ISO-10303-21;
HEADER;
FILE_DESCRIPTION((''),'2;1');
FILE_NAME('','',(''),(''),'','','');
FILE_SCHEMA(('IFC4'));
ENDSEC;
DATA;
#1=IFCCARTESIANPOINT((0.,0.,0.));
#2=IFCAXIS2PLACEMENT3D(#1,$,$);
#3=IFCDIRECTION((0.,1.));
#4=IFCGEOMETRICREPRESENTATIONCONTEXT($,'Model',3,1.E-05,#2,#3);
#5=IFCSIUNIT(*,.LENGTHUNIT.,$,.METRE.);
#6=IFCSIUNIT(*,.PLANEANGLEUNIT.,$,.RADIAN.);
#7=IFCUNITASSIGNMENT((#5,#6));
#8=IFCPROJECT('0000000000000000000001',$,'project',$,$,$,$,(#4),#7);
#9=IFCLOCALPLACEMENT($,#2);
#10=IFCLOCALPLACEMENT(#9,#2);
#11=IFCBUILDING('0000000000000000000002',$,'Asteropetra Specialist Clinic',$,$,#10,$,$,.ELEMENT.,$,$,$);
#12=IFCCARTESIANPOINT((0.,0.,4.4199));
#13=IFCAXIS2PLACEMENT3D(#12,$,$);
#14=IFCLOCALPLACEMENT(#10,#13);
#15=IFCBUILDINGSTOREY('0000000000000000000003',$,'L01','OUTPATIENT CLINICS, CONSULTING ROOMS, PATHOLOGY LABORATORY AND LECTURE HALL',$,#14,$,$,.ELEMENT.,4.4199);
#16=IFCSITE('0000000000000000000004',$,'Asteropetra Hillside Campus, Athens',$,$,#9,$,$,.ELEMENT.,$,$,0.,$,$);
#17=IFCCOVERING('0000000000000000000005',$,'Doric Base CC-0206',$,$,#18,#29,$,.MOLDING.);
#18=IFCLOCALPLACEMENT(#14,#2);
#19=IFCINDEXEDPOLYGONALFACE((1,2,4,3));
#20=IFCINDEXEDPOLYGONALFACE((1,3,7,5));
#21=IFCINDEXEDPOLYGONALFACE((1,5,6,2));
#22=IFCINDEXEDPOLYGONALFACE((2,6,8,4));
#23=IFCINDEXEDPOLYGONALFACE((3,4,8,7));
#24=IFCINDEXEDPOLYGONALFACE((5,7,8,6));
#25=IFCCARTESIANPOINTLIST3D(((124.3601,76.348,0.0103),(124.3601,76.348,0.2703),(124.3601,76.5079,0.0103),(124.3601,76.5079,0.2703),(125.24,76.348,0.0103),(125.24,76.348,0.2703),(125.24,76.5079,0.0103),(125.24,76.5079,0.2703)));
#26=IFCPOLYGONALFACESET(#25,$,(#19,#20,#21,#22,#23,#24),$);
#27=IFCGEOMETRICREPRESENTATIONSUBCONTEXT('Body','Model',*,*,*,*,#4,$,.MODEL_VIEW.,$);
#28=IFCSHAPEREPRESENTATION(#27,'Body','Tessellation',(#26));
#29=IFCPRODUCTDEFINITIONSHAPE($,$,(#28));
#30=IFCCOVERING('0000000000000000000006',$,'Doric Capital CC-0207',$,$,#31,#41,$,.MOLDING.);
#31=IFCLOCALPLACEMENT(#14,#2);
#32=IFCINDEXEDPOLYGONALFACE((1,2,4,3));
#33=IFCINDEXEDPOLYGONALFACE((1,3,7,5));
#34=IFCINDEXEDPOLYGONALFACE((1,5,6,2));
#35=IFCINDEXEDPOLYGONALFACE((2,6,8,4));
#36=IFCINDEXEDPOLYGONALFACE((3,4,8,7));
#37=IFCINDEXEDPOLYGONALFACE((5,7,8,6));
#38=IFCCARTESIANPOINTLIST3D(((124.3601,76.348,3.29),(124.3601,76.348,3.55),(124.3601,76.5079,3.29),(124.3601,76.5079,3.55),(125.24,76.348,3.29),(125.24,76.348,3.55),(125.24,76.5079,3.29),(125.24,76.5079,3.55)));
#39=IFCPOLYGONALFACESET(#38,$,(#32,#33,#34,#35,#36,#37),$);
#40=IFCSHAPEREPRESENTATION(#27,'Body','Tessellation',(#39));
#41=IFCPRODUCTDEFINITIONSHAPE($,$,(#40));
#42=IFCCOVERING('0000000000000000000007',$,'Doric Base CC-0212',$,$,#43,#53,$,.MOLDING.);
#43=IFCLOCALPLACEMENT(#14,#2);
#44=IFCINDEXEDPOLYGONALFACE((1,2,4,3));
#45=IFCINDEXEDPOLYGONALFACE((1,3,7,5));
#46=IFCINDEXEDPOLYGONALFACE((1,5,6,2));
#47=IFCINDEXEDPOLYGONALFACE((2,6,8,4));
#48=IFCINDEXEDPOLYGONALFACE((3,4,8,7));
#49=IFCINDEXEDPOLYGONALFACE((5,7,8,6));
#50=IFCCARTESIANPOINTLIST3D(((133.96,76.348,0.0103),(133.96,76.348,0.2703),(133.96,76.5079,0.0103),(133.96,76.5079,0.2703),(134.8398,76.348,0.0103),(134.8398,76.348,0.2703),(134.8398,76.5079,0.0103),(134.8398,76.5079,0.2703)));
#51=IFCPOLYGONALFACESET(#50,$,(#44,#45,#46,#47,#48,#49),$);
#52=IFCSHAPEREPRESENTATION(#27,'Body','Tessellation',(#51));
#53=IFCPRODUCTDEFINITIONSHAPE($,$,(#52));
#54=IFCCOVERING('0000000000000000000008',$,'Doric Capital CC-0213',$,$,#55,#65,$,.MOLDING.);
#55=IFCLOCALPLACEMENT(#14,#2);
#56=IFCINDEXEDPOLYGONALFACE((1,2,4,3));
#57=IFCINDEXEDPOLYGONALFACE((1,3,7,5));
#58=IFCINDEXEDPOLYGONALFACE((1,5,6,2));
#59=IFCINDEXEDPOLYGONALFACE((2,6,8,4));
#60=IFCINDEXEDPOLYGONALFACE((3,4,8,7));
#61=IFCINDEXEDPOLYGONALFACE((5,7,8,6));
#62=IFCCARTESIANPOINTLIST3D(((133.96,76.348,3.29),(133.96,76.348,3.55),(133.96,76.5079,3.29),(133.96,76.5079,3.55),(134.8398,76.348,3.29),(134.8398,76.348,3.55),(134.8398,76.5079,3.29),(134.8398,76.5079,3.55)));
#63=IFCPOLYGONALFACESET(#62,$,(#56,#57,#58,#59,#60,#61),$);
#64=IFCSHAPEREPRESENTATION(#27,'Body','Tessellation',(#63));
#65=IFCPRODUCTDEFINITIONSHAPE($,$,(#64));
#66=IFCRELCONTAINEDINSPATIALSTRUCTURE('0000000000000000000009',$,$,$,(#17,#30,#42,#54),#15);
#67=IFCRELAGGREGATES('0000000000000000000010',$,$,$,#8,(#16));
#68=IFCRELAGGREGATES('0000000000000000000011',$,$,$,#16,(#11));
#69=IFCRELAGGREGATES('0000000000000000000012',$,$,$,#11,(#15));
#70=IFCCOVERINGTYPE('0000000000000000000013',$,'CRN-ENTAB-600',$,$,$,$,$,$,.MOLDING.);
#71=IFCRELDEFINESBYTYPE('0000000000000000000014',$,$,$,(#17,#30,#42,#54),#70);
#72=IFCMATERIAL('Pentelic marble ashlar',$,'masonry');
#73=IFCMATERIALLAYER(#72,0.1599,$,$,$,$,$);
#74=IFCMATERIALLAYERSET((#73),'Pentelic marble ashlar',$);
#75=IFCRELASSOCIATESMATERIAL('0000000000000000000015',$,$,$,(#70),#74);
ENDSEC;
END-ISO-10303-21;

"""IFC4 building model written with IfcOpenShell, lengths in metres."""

from ifc_helpers import new_model, si_unit, direction, frame, origin, origin_2d, place, context, subcontext, project, spatial, rectangle, extrude, material, layer, layer_set, type_object, element, save


model = new_model("IFC4")

# Units and contexts
model_context = context("Model", 3, precision=1e-05, world=origin(), true_north=direction((0.0, 1.0)))
body_context = subcontext(model_context, "Body", "Model", "MODEL_VIEW")
ifc_project = project(units=[si_unit("LENGTHUNIT", "METRE"), si_unit("PLANEANGLEUNIT", "RADIAN")], contexts=[model_context])

# Site, building, storey
site_placement = place(None, origin())
site = spatial("IfcSite", under=ifc_project, at=site_placement, Name="Asteropetra Hillside Campus, Athens", CompositionType="ELEMENT", RefElevation=0.0)
building_placement = place(site_placement, origin())
building = spatial("IfcBuilding", under=site, at=building_placement, Name="Asteropetra Specialist Clinic", CompositionType="ELEMENT")
storey_placement = place(building_placement, frame((0.0, 0.0, 4.4199)))
storey = spatial("IfcBuildingStorey", under=building, at=storey_placement, Name="L01", Description="OUTPATIENT CLINICS, CONSULTING ROOMS, PATHOLOGY LABORATORY AND LECTURE HALL", CompositionType="ELEMENT", Elevation=4.4199)

# Coverings
ifc_material_1 = material(Name="Pentelic marble ashlar", Category="masonry")
ifc_layer_1 = layer(ifc_material_1, 0.1599)
ifc_layer_set_1 = layer_set([ifc_layer_1], Name="Pentelic marble ashlar")
covering_type = type_object("IfcCoveringType", Name="CRN-ENTAB-600", PredefinedType="MOLDING", material=ifc_layer_set_1)
for number, where, z_axis, x_axis, name in (
    (1, (124.8, 76.428, 0.0103), (0.0, 0.0, 1.0), (1.0, 0.0, 0.0), "Doric Base CC-0206"),
    (2, (124.8, 76.428, 3.29), (0.0, 0.0, 1.0), (1.0, 0.0, 0.0), "Doric Capital CC-0207"),
    (3, (134.3999, 76.428, 0.0103), (0.0, 0.0, 1.0), (1.0, 0.0, 0.0), "Doric Base CC-0212"),
    (4, (134.3999, 76.428, 3.29), (0.0, 0.0, 1.0), (1.0, 0.0, 0.0), "Doric Capital CC-0213"),
):
    element("IfcCovering", number, at=place(storey_placement, frame(where, z_axis=z_axis, x_axis=x_axis)), inside=storey, type_object=covering_type, Name=name, PredefinedType="MOLDING", context=body_context, shape_type="SweptSolid", body=[
        extrude(rectangle(XDim=0.8799, YDim=0.1599, at=origin_2d()), origin(), (0.0, 0.0, 1.0), 0.26),
    ])

save(model, "model.ifc")
